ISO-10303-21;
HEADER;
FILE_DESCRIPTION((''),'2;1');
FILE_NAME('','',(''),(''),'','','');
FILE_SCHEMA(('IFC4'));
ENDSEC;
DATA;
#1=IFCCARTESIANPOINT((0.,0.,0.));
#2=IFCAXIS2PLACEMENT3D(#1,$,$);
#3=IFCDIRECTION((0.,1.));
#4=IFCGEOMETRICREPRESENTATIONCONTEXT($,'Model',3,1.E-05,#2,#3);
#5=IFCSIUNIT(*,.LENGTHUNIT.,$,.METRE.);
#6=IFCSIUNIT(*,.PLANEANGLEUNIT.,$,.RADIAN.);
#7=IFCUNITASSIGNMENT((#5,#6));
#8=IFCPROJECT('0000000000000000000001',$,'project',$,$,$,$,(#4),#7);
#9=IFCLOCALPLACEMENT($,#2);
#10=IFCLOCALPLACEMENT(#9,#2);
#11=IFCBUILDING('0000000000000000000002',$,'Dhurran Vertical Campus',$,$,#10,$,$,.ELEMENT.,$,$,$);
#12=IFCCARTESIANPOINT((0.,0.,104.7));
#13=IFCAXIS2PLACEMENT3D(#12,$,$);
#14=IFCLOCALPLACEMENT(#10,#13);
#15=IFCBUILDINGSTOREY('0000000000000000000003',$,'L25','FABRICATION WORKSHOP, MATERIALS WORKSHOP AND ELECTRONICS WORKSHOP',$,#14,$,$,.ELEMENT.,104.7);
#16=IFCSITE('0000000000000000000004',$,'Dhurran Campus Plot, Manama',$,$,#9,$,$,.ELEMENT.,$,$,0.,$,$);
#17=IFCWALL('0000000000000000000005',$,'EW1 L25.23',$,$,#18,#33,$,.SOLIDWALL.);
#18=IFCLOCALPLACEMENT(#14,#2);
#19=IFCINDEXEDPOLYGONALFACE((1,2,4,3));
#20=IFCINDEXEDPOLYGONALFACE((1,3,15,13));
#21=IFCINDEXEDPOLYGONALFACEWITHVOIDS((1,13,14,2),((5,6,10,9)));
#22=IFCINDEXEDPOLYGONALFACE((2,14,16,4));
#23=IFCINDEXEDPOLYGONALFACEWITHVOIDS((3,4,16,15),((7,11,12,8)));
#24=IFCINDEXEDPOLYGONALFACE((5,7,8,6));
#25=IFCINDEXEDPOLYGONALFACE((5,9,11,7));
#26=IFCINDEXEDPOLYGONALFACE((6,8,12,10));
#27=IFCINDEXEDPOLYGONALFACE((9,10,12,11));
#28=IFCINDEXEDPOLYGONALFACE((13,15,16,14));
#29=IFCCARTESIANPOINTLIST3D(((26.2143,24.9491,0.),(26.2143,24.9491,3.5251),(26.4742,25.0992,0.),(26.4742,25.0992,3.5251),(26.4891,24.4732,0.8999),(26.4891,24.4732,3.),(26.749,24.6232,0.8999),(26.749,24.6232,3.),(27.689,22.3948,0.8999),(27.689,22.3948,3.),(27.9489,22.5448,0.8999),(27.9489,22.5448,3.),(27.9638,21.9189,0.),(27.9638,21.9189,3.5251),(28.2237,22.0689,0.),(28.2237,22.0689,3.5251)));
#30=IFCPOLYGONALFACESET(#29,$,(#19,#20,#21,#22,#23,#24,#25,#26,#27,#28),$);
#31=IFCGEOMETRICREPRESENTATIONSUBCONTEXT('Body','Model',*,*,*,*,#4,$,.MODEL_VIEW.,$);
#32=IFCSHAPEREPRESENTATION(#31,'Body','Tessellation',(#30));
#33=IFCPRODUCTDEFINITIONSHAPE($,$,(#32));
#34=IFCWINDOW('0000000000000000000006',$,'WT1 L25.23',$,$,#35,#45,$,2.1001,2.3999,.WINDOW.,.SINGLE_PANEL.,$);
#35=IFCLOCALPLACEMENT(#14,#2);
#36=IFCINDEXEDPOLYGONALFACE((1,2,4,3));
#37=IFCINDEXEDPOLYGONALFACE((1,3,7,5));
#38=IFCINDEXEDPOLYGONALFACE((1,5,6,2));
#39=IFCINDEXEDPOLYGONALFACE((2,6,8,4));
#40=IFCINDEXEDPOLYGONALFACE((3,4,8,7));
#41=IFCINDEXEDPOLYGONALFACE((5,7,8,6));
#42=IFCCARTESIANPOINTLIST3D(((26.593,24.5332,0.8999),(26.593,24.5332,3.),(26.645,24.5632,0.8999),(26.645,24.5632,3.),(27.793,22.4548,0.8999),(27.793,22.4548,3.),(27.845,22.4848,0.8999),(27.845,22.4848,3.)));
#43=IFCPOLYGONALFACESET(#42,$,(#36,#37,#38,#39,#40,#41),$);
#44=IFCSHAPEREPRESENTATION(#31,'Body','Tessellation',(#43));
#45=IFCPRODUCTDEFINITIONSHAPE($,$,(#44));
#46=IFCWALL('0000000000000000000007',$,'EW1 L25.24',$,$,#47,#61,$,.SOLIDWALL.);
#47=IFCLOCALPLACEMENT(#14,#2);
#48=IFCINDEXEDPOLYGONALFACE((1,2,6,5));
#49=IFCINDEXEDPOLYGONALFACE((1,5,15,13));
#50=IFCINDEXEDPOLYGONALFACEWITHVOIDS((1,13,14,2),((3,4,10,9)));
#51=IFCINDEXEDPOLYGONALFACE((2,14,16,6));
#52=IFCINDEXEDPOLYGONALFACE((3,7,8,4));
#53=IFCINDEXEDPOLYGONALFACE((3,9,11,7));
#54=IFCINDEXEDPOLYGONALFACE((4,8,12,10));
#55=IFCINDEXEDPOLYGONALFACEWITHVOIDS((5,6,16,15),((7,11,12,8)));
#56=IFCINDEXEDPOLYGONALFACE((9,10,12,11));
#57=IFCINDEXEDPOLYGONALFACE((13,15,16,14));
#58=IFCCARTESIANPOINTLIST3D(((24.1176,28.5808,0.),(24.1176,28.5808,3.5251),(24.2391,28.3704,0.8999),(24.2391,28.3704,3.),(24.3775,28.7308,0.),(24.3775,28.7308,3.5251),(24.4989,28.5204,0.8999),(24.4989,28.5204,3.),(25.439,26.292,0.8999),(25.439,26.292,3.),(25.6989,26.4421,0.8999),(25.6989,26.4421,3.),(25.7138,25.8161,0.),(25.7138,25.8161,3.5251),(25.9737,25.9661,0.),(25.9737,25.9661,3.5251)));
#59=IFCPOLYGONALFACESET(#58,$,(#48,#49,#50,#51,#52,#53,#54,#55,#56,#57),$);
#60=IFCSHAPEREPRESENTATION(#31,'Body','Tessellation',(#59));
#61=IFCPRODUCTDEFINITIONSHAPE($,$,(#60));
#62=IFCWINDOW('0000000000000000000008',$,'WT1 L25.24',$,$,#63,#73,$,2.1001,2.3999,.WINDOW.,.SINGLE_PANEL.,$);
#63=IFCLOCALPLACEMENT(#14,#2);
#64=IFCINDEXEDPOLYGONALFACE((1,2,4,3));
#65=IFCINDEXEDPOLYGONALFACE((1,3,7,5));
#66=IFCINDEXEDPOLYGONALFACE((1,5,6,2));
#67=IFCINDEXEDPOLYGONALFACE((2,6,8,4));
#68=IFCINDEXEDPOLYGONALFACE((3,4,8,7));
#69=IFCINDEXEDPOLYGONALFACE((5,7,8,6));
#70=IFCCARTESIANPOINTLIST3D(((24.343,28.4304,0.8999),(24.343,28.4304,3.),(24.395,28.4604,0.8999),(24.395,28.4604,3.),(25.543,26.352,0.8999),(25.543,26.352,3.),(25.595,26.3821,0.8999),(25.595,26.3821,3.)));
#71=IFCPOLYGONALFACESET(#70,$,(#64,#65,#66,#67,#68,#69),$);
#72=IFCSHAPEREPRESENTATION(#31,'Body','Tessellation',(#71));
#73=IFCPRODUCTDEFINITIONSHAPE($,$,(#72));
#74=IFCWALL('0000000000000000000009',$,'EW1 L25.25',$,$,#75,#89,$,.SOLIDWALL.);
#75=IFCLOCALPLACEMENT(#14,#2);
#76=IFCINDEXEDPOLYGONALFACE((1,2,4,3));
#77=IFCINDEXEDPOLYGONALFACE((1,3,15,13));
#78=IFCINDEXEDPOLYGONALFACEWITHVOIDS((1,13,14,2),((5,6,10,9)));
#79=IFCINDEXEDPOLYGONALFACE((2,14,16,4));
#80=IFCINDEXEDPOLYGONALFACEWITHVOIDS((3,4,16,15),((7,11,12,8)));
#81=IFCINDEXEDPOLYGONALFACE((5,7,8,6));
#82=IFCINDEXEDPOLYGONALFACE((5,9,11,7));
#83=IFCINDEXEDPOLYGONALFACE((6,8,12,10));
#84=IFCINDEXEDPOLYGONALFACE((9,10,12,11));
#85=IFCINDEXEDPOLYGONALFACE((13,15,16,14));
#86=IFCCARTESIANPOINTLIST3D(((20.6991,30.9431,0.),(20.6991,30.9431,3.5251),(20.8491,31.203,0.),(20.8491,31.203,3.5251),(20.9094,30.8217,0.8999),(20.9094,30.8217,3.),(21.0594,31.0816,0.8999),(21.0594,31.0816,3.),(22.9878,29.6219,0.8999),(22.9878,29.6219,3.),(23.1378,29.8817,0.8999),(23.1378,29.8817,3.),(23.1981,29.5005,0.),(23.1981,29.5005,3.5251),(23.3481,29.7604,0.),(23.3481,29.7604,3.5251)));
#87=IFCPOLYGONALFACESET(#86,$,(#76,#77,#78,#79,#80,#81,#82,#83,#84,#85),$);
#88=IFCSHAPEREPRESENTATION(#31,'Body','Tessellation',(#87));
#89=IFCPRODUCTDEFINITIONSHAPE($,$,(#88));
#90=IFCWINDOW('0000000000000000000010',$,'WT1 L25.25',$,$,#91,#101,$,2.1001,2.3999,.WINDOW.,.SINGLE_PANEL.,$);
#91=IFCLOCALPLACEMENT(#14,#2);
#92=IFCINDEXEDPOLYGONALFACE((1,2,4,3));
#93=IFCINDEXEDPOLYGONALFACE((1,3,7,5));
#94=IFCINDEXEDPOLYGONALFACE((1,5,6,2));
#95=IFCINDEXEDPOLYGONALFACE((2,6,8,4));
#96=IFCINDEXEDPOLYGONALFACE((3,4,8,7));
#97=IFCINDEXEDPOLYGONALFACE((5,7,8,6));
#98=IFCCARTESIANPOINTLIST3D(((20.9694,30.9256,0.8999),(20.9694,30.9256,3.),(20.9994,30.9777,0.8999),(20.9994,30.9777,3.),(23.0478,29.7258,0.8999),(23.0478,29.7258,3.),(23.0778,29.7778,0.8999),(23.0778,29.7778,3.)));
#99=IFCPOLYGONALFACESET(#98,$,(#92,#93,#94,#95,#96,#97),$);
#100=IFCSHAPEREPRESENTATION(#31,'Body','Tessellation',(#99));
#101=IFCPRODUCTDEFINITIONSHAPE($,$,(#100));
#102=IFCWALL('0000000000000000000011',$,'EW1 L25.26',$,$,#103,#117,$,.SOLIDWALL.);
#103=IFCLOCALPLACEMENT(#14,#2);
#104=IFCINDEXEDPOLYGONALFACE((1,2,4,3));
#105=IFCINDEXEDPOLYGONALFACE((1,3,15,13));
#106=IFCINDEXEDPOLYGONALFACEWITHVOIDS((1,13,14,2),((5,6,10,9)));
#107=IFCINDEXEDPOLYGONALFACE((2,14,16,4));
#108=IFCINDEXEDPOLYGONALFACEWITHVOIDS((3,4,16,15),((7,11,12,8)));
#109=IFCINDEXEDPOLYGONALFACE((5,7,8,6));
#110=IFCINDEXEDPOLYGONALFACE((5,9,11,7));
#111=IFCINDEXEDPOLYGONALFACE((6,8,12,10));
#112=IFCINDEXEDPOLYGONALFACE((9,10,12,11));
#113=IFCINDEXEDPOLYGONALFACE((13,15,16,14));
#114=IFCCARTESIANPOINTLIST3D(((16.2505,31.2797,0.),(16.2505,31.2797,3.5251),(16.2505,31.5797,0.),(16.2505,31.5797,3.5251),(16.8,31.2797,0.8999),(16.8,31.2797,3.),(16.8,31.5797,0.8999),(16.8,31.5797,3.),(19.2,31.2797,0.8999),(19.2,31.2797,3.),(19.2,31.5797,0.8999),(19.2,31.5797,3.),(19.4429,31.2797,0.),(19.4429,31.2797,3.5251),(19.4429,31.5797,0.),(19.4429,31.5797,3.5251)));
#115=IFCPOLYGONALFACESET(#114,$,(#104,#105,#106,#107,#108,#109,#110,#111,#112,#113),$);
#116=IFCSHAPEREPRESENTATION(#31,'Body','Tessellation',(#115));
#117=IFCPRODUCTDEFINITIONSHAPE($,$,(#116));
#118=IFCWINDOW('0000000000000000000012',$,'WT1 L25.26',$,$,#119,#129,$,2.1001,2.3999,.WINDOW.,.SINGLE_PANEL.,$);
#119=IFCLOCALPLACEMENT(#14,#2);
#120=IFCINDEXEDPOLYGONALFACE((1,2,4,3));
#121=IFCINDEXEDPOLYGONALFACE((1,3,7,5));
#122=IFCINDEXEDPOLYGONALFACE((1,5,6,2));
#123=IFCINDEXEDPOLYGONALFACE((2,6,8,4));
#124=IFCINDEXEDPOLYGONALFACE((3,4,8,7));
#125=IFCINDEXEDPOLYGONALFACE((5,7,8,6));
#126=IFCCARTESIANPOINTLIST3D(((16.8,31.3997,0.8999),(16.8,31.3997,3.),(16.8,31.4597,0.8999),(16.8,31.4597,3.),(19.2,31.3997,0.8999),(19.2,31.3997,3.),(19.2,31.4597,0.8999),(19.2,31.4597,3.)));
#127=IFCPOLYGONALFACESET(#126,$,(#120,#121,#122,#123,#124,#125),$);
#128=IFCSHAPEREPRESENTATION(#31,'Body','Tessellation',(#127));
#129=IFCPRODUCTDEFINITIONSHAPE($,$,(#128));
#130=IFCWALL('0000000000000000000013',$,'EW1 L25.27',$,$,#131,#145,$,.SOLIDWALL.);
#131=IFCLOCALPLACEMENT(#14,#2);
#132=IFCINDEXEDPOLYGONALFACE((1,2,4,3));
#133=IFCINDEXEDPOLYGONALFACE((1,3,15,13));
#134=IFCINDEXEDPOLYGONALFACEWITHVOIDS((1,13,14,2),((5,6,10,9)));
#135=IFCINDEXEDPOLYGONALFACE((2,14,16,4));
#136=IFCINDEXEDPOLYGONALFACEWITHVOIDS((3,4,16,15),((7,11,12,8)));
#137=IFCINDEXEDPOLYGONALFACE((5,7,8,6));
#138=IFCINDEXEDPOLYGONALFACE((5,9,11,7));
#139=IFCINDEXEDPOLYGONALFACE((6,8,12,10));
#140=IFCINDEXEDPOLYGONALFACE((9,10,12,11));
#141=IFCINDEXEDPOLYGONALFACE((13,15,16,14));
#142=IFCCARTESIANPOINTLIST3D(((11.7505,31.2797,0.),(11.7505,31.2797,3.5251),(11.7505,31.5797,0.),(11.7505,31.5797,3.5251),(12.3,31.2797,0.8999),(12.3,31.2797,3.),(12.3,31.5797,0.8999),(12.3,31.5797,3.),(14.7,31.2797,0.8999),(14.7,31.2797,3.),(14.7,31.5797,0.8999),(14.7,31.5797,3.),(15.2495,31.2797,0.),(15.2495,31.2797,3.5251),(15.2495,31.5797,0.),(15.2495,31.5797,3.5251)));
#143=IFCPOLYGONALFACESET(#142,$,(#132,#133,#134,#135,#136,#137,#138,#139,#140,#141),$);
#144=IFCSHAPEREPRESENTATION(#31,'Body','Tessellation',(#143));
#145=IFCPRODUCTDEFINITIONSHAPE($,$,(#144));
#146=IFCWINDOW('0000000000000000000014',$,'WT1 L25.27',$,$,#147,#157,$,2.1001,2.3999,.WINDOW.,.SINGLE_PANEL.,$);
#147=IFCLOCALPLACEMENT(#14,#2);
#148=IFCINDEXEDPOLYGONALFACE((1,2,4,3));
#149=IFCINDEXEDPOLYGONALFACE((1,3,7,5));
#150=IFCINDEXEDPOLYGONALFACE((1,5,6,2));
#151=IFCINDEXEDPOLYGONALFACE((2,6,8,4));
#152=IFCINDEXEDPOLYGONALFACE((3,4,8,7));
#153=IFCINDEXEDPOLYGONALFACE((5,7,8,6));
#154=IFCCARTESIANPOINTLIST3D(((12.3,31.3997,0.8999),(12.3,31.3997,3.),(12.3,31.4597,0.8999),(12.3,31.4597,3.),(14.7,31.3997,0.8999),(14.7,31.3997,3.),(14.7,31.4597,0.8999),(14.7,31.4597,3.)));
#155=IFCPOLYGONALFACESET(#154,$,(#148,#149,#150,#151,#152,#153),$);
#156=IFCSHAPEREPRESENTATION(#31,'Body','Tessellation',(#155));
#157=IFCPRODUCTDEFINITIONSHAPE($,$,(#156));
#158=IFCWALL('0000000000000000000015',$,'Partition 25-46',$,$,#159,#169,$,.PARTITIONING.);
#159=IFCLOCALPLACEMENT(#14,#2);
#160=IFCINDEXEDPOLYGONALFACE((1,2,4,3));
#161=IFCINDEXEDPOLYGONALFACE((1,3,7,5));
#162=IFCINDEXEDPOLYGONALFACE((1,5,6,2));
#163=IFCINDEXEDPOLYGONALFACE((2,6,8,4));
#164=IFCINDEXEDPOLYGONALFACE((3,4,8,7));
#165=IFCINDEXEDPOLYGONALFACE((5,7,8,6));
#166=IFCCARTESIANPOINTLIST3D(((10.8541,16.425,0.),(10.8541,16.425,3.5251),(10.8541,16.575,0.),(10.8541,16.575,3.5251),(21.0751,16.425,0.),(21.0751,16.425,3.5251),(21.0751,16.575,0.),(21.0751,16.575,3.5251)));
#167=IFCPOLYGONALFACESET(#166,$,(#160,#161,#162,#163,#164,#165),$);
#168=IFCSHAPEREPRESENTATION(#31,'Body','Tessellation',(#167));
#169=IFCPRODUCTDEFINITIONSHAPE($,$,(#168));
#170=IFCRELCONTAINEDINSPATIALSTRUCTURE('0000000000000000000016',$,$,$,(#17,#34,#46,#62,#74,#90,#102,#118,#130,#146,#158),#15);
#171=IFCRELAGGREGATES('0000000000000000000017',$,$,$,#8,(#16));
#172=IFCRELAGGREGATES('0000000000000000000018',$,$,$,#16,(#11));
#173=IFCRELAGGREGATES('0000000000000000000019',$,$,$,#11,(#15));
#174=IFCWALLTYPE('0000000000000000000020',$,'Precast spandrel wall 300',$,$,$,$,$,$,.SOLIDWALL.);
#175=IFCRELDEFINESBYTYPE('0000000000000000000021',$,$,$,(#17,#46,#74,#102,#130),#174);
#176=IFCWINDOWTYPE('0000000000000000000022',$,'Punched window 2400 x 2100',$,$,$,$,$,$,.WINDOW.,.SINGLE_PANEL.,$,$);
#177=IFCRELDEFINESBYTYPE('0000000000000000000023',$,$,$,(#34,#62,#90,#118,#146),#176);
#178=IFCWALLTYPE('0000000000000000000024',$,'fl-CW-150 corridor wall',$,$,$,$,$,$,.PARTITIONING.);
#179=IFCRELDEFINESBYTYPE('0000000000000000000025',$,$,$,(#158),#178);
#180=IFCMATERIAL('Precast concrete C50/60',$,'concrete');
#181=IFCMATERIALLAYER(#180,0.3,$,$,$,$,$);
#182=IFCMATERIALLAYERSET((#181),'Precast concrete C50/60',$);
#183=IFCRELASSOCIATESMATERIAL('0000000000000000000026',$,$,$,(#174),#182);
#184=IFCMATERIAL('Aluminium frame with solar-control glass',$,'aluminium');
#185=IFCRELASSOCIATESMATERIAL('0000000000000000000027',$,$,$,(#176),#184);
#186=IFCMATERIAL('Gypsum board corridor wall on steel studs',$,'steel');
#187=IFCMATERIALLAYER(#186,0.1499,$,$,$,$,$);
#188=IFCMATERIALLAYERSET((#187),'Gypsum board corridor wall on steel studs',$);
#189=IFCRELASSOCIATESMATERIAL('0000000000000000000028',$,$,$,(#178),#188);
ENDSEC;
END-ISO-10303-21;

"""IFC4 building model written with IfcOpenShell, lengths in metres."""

from ifc_helpers import new_model, si_unit, direction, frame, frame_2d, origin, place, context, subcontext, project, spatial, rectangle, extrude, material, layer, layer_set, type_object, element, fill, save


model = new_model("IFC4")

# Units and contexts
model_context = context("Model", 3, precision=1e-05, world=origin(), true_north=direction((0.0, 1.0)))
body_context = subcontext(model_context, "Body", "Model", "MODEL_VIEW")
ifc_project = project(units=[si_unit("LENGTHUNIT", "METRE"), si_unit("PLANEANGLEUNIT", "RADIAN")], contexts=[model_context])

# Site, building, storey
site_placement = place(None, origin())
site = spatial("IfcSite", under=ifc_project, at=site_placement, Name="Dhurran Campus Plot, Manama", CompositionType="ELEMENT", RefElevation=0.0)
building_placement = place(site_placement, origin())
building = spatial("IfcBuilding", under=site, at=building_placement, Name="Dhurran Vertical Campus", CompositionType="ELEMENT")
storey_placement = place(building_placement, frame((0.0, 0.0, 104.7)))
storey = spatial("IfcBuildingStorey", under=building, at=storey_placement, Name="L25", Description="FABRICATION WORKSHOP, MATERIALS WORKSHOP AND ELECTRONICS WORKSHOP", CompositionType="ELEMENT", Elevation=104.7)

# Walls, openings, windows
ifc_material_1 = material(Name="Precast concrete C50/60", Category="concrete")
ifc_layer_1 = layer(ifc_material_1, 0.3)
ifc_layer_set_1 = layer_set([ifc_layer_1], Name="Precast concrete C50/60")
wall_type_1 = type_object("IfcWallType", Name="Precast spandrel wall 300", PredefinedType="SOLIDWALL", material=ifc_layer_set_1)
ifc_material_2 = material(Name="Aluminium frame with solar-control glass", Category="aluminium")
window_type = type_object("IfcWindowType", Name="Punched window 2400 x 2100", PartitioningType="SINGLE_PANEL", PredefinedType="WINDOW", material=ifc_material_2)
wall_1_placement = place(storey_placement, frame((28.0938, 21.9939, 0.0), z_axis=(0.0, 0.0, 1.0), x_axis=(-0.499996, 0.866028, 0.0)))
wall_1 = element("IfcWall", 1, at=wall_1_placement, inside=storey, type_object=wall_type_1, Name="EW1 L25.23", PredefinedType="SOLIDWALL", context=body_context, shape_type="SweptSolid", body=[
    extrude(rectangle(XDim=3.499, YDim=0.3, at=frame_2d((1.7495, 0.0))), origin(), (0.0, 0.0, 1.0), 3.5251),
])
opening_1_placement = place(wall_1_placement, frame((0.5496, 0.0, 0.8999)))
opening_1 = element("IfcOpeningElement", 2, at=opening_1_placement, cuts=wall_1, PredefinedType="OPENING", context=body_context, shape_type="SweptSolid", body=[
    extrude(rectangle(XDim=2.3999, YDim=2.1001, at=frame_2d((1.2, 1.05))), frame((0.0, 0.1599, 0.0), z_axis=(0.0, -1.0, 0.0), x_axis=(1.0, 0.0, 0.0)), (0.0, 0.0, 1.0), 0.3201),
])
window_1_placement = place(opening_1_placement, origin())
window_1 = element("IfcWindow", 3, at=window_1_placement, inside=storey, type_object=window_type, Name="WT1 L25.23", OverallHeight=2.1001, OverallWidth=2.3999, PartitioningType="SINGLE_PANEL", PredefinedType="WINDOW", context=body_context, shape_type="SweptSolid", body=[
    extrude(rectangle(XDim=2.3999, YDim=2.1001, at=frame_2d((1.2, 1.05))), frame((0.0, 0.03, 0.0), z_axis=(0.0, -1.0, 0.0), x_axis=(1.0, 0.0, 0.0)), (0.0, 0.0, 1.0), 0.0601),
])
fill(opening_1, window_1)
wall_2_placement = place(storey_placement, frame((25.8438, 25.8911, 0.0), z_axis=(0.0, 0.0, 1.0), x_axis=(-0.500005, 0.866023, 0.0)))
wall_2 = element("IfcWall", 4, at=wall_2_placement, inside=storey, type_object=wall_type_1, Name="EW1 L25.24", PredefinedType="SOLIDWALL", context=body_context, shape_type="SweptSolid", body=[
    extrude(rectangle(XDim=3.1924, YDim=0.3, at=frame_2d((1.5962, 0.0))), origin(), (0.0, 0.0, 1.0), 3.5251),
])
opening_2_placement = place(wall_2_placement, frame((0.5496, 0.0, 0.8999)))
opening_2 = element("IfcOpeningElement", 5, at=opening_2_placement, cuts=wall_2, PredefinedType="OPENING", context=body_context, shape_type="SweptSolid", body=[
    extrude(rectangle(XDim=2.3999, YDim=2.1001, at=frame_2d((1.2, 1.05))), frame((0.0, 0.1599, 0.0), z_axis=(0.0, -1.0, 0.0), x_axis=(1.0, 0.0, 0.0)), (0.0, 0.0, 1.0), 0.3201),
])
window_2_placement = place(opening_2_placement, origin())
window_2 = element("IfcWindow", 6, at=window_2_placement, inside=storey, type_object=window_type, Name="WT1 L25.24", OverallHeight=2.1001, OverallWidth=2.3999, PartitioningType="SINGLE_PANEL", PredefinedType="WINDOW", context=body_context, shape_type="SweptSolid", body=[
    extrude(rectangle(XDim=2.3999, YDim=2.1001, at=frame_2d((1.2, 1.05))), frame((0.0, 0.03, 0.0), z_axis=(0.0, -1.0, 0.0), x_axis=(1.0, 0.0, 0.0)), (0.0, 0.0, 1.0), 0.0601),
])
fill(opening_2, window_2)
wall_3_placement = place(storey_placement, frame((23.2732, 29.6304, 0.0), z_axis=(0.0, 0.0, 1.0), x_axis=(-0.866053, 0.499952, 0.0)))
wall_3 = element("IfcWall", 7, at=wall_3_placement, inside=storey, type_object=wall_type_1, Name="EW1 L25.25", PredefinedType="SOLIDWALL", context=body_context, shape_type="SweptSolid", body=[
    extrude(rectangle(XDim=2.8855, YDim=0.3, at=frame_2d((1.4429, 0.0))), origin(), (0.0, 0.0, 1.0), 3.5251),
])
opening_3_placement = place(wall_3_placement, frame((0.2429, 0.0, 0.8999)))
opening_3 = element("IfcOpeningElement", 8, at=opening_3_placement, cuts=wall_3, PredefinedType="OPENING", context=body_context, shape_type="SweptSolid", body=[
    extrude(rectangle(XDim=2.3999, YDim=2.1001, at=frame_2d((1.2, 1.05))), frame((0.0, 0.1599, 0.0), z_axis=(0.0, -1.0, 0.0), x_axis=(1.0, 0.0, 0.0)), (0.0, 0.0, 1.0), 0.3201),
])
window_3_placement = place(opening_3_placement, origin())
window_3 = element("IfcWindow", 9, at=window_3_placement, inside=storey, type_object=window_type, Name="WT1 L25.25", OverallHeight=2.1001, OverallWidth=2.3999, PartitioningType="SINGLE_PANEL", PredefinedType="WINDOW", context=body_context, shape_type="SweptSolid", body=[
    extrude(rectangle(XDim=2.3999, YDim=2.1001, at=frame_2d((1.2, 1.05))), frame((0.0, 0.03, 0.0), z_axis=(0.0, -1.0, 0.0), x_axis=(1.0, 0.0, 0.0)), (0.0, 0.0, 1.0), 0.0601),
])
fill(opening_3, window_3)
wall_4_placement = place(storey_placement, frame((19.4429, 31.4297, 0.0), z_axis=(0.0, 0.0, 1.0), x_axis=(-1.0, 0.0, 0.0)))
wall_4 = element("IfcWall", 10, at=wall_4_placement, inside=storey, type_object=wall_type_1, Name="EW1 L25.26", PredefinedType="SOLIDWALL", context=body_context, shape_type="SweptSolid", body=[
    extrude(rectangle(XDim=3.1924, YDim=0.3, at=frame_2d((1.5962, 0.0))), origin(), (0.0, 0.0, 1.0), 3.5251),
])
opening_4_placement = place(wall_4_placement, frame((0.2429, 0.0, 0.8999)))
opening_4 = element("IfcOpeningElement", 11, at=opening_4_placement, cuts=wall_4, PredefinedType="OPENING", context=body_context, shape_type="SweptSolid", body=[
    extrude(rectangle(XDim=2.3999, YDim=2.1001, at=frame_2d((1.2, 1.05))), frame((0.0, 0.1599, 0.0), z_axis=(0.0, -1.0, 0.0), x_axis=(1.0, 0.0, 0.0)), (0.0, 0.0, 1.0), 0.3201),
])
window_4_placement = place(opening_4_placement, origin())
window_4 = element("IfcWindow", 12, at=window_4_placement, inside=storey, type_object=window_type, Name="WT1 L25.26", OverallHeight=2.1001, OverallWidth=2.3999, PartitioningType="SINGLE_PANEL", PredefinedType="WINDOW", context=body_context, shape_type="SweptSolid", body=[
    extrude(rectangle(XDim=2.3999, YDim=2.1001, at=frame_2d((1.2, 1.05))), frame((0.0, 0.03, 0.0), z_axis=(0.0, -1.0, 0.0), x_axis=(1.0, 0.0, 0.0)), (0.0, 0.0, 1.0), 0.0601),
])
fill(opening_4, window_4)
wall_5_placement = place(storey_placement, frame((15.2495, 31.4297, 0.0), z_axis=(0.0, 0.0, 1.0), x_axis=(-1.0, 0.0, 0.0)))
wall_5 = element("IfcWall", 13, at=wall_5_placement, inside=storey, type_object=wall_type_1, Name="EW1 L25.27", PredefinedType="SOLIDWALL", context=body_context, shape_type="SweptSolid", body=[
    extrude(rectangle(XDim=3.499, YDim=0.3, at=frame_2d((1.7495, 0.0))), origin(), (0.0, 0.0, 1.0), 3.5251),
])
opening_5_placement = place(wall_5_placement, frame((0.5496, 0.0, 0.8999)))
opening_5 = element("IfcOpeningElement", 14, at=opening_5_placement, cuts=wall_5, PredefinedType="OPENING", context=body_context, shape_type="SweptSolid", body=[
    extrude(rectangle(XDim=2.3999, YDim=2.1001, at=frame_2d((1.2, 1.05))), frame((0.0, 0.1599, 0.0), z_axis=(0.0, -1.0, 0.0), x_axis=(1.0, 0.0, 0.0)), (0.0, 0.0, 1.0), 0.3201),
])
window_5_placement = place(opening_5_placement, origin())
window_5 = element("IfcWindow", 15, at=window_5_placement, inside=storey, type_object=window_type, Name="WT1 L25.27", OverallHeight=2.1001, OverallWidth=2.3999, PartitioningType="SINGLE_PANEL", PredefinedType="WINDOW", context=body_context, shape_type="SweptSolid", body=[
    extrude(rectangle(XDim=2.3999, YDim=2.1001, at=frame_2d((1.2, 1.05))), frame((0.0, 0.03, 0.0), z_axis=(0.0, -1.0, 0.0), x_axis=(1.0, 0.0, 0.0)), (0.0, 0.0, 1.0), 0.0601),
])
fill(opening_5, window_5)

# Wall
ifc_material_3 = material(Name="Gypsum board corridor wall on steel studs", Category="steel")
ifc_layer_2 = layer(ifc_material_3, 0.1499)
ifc_layer_set_2 = layer_set([ifc_layer_2], Name="Gypsum board corridor wall on steel studs")
wall_type_2 = type_object("IfcWallType", Name="fl-CW-150 corridor wall", PredefinedType="PARTITIONING", material=ifc_layer_set_2)
wall_6_placement = place(storey_placement, frame((21.075, 16.5, 0.0), z_axis=(0.0, 0.0, 1.0), x_axis=(-1.0, 0.0, 0.0)))
element("IfcWall", 16, at=wall_6_placement, inside=storey, type_object=wall_type_2, Name="Partition 25-46", PredefinedType="PARTITIONING", context=body_context, shape_type="SweptSolid", body=[
    extrude(rectangle(XDim=10.2209, YDim=0.1499, at=frame_2d((5.1104, 0.0))), origin(), (0.0, 0.0, 1.0), 3.5251),
])

save(model, "model.ifc")
